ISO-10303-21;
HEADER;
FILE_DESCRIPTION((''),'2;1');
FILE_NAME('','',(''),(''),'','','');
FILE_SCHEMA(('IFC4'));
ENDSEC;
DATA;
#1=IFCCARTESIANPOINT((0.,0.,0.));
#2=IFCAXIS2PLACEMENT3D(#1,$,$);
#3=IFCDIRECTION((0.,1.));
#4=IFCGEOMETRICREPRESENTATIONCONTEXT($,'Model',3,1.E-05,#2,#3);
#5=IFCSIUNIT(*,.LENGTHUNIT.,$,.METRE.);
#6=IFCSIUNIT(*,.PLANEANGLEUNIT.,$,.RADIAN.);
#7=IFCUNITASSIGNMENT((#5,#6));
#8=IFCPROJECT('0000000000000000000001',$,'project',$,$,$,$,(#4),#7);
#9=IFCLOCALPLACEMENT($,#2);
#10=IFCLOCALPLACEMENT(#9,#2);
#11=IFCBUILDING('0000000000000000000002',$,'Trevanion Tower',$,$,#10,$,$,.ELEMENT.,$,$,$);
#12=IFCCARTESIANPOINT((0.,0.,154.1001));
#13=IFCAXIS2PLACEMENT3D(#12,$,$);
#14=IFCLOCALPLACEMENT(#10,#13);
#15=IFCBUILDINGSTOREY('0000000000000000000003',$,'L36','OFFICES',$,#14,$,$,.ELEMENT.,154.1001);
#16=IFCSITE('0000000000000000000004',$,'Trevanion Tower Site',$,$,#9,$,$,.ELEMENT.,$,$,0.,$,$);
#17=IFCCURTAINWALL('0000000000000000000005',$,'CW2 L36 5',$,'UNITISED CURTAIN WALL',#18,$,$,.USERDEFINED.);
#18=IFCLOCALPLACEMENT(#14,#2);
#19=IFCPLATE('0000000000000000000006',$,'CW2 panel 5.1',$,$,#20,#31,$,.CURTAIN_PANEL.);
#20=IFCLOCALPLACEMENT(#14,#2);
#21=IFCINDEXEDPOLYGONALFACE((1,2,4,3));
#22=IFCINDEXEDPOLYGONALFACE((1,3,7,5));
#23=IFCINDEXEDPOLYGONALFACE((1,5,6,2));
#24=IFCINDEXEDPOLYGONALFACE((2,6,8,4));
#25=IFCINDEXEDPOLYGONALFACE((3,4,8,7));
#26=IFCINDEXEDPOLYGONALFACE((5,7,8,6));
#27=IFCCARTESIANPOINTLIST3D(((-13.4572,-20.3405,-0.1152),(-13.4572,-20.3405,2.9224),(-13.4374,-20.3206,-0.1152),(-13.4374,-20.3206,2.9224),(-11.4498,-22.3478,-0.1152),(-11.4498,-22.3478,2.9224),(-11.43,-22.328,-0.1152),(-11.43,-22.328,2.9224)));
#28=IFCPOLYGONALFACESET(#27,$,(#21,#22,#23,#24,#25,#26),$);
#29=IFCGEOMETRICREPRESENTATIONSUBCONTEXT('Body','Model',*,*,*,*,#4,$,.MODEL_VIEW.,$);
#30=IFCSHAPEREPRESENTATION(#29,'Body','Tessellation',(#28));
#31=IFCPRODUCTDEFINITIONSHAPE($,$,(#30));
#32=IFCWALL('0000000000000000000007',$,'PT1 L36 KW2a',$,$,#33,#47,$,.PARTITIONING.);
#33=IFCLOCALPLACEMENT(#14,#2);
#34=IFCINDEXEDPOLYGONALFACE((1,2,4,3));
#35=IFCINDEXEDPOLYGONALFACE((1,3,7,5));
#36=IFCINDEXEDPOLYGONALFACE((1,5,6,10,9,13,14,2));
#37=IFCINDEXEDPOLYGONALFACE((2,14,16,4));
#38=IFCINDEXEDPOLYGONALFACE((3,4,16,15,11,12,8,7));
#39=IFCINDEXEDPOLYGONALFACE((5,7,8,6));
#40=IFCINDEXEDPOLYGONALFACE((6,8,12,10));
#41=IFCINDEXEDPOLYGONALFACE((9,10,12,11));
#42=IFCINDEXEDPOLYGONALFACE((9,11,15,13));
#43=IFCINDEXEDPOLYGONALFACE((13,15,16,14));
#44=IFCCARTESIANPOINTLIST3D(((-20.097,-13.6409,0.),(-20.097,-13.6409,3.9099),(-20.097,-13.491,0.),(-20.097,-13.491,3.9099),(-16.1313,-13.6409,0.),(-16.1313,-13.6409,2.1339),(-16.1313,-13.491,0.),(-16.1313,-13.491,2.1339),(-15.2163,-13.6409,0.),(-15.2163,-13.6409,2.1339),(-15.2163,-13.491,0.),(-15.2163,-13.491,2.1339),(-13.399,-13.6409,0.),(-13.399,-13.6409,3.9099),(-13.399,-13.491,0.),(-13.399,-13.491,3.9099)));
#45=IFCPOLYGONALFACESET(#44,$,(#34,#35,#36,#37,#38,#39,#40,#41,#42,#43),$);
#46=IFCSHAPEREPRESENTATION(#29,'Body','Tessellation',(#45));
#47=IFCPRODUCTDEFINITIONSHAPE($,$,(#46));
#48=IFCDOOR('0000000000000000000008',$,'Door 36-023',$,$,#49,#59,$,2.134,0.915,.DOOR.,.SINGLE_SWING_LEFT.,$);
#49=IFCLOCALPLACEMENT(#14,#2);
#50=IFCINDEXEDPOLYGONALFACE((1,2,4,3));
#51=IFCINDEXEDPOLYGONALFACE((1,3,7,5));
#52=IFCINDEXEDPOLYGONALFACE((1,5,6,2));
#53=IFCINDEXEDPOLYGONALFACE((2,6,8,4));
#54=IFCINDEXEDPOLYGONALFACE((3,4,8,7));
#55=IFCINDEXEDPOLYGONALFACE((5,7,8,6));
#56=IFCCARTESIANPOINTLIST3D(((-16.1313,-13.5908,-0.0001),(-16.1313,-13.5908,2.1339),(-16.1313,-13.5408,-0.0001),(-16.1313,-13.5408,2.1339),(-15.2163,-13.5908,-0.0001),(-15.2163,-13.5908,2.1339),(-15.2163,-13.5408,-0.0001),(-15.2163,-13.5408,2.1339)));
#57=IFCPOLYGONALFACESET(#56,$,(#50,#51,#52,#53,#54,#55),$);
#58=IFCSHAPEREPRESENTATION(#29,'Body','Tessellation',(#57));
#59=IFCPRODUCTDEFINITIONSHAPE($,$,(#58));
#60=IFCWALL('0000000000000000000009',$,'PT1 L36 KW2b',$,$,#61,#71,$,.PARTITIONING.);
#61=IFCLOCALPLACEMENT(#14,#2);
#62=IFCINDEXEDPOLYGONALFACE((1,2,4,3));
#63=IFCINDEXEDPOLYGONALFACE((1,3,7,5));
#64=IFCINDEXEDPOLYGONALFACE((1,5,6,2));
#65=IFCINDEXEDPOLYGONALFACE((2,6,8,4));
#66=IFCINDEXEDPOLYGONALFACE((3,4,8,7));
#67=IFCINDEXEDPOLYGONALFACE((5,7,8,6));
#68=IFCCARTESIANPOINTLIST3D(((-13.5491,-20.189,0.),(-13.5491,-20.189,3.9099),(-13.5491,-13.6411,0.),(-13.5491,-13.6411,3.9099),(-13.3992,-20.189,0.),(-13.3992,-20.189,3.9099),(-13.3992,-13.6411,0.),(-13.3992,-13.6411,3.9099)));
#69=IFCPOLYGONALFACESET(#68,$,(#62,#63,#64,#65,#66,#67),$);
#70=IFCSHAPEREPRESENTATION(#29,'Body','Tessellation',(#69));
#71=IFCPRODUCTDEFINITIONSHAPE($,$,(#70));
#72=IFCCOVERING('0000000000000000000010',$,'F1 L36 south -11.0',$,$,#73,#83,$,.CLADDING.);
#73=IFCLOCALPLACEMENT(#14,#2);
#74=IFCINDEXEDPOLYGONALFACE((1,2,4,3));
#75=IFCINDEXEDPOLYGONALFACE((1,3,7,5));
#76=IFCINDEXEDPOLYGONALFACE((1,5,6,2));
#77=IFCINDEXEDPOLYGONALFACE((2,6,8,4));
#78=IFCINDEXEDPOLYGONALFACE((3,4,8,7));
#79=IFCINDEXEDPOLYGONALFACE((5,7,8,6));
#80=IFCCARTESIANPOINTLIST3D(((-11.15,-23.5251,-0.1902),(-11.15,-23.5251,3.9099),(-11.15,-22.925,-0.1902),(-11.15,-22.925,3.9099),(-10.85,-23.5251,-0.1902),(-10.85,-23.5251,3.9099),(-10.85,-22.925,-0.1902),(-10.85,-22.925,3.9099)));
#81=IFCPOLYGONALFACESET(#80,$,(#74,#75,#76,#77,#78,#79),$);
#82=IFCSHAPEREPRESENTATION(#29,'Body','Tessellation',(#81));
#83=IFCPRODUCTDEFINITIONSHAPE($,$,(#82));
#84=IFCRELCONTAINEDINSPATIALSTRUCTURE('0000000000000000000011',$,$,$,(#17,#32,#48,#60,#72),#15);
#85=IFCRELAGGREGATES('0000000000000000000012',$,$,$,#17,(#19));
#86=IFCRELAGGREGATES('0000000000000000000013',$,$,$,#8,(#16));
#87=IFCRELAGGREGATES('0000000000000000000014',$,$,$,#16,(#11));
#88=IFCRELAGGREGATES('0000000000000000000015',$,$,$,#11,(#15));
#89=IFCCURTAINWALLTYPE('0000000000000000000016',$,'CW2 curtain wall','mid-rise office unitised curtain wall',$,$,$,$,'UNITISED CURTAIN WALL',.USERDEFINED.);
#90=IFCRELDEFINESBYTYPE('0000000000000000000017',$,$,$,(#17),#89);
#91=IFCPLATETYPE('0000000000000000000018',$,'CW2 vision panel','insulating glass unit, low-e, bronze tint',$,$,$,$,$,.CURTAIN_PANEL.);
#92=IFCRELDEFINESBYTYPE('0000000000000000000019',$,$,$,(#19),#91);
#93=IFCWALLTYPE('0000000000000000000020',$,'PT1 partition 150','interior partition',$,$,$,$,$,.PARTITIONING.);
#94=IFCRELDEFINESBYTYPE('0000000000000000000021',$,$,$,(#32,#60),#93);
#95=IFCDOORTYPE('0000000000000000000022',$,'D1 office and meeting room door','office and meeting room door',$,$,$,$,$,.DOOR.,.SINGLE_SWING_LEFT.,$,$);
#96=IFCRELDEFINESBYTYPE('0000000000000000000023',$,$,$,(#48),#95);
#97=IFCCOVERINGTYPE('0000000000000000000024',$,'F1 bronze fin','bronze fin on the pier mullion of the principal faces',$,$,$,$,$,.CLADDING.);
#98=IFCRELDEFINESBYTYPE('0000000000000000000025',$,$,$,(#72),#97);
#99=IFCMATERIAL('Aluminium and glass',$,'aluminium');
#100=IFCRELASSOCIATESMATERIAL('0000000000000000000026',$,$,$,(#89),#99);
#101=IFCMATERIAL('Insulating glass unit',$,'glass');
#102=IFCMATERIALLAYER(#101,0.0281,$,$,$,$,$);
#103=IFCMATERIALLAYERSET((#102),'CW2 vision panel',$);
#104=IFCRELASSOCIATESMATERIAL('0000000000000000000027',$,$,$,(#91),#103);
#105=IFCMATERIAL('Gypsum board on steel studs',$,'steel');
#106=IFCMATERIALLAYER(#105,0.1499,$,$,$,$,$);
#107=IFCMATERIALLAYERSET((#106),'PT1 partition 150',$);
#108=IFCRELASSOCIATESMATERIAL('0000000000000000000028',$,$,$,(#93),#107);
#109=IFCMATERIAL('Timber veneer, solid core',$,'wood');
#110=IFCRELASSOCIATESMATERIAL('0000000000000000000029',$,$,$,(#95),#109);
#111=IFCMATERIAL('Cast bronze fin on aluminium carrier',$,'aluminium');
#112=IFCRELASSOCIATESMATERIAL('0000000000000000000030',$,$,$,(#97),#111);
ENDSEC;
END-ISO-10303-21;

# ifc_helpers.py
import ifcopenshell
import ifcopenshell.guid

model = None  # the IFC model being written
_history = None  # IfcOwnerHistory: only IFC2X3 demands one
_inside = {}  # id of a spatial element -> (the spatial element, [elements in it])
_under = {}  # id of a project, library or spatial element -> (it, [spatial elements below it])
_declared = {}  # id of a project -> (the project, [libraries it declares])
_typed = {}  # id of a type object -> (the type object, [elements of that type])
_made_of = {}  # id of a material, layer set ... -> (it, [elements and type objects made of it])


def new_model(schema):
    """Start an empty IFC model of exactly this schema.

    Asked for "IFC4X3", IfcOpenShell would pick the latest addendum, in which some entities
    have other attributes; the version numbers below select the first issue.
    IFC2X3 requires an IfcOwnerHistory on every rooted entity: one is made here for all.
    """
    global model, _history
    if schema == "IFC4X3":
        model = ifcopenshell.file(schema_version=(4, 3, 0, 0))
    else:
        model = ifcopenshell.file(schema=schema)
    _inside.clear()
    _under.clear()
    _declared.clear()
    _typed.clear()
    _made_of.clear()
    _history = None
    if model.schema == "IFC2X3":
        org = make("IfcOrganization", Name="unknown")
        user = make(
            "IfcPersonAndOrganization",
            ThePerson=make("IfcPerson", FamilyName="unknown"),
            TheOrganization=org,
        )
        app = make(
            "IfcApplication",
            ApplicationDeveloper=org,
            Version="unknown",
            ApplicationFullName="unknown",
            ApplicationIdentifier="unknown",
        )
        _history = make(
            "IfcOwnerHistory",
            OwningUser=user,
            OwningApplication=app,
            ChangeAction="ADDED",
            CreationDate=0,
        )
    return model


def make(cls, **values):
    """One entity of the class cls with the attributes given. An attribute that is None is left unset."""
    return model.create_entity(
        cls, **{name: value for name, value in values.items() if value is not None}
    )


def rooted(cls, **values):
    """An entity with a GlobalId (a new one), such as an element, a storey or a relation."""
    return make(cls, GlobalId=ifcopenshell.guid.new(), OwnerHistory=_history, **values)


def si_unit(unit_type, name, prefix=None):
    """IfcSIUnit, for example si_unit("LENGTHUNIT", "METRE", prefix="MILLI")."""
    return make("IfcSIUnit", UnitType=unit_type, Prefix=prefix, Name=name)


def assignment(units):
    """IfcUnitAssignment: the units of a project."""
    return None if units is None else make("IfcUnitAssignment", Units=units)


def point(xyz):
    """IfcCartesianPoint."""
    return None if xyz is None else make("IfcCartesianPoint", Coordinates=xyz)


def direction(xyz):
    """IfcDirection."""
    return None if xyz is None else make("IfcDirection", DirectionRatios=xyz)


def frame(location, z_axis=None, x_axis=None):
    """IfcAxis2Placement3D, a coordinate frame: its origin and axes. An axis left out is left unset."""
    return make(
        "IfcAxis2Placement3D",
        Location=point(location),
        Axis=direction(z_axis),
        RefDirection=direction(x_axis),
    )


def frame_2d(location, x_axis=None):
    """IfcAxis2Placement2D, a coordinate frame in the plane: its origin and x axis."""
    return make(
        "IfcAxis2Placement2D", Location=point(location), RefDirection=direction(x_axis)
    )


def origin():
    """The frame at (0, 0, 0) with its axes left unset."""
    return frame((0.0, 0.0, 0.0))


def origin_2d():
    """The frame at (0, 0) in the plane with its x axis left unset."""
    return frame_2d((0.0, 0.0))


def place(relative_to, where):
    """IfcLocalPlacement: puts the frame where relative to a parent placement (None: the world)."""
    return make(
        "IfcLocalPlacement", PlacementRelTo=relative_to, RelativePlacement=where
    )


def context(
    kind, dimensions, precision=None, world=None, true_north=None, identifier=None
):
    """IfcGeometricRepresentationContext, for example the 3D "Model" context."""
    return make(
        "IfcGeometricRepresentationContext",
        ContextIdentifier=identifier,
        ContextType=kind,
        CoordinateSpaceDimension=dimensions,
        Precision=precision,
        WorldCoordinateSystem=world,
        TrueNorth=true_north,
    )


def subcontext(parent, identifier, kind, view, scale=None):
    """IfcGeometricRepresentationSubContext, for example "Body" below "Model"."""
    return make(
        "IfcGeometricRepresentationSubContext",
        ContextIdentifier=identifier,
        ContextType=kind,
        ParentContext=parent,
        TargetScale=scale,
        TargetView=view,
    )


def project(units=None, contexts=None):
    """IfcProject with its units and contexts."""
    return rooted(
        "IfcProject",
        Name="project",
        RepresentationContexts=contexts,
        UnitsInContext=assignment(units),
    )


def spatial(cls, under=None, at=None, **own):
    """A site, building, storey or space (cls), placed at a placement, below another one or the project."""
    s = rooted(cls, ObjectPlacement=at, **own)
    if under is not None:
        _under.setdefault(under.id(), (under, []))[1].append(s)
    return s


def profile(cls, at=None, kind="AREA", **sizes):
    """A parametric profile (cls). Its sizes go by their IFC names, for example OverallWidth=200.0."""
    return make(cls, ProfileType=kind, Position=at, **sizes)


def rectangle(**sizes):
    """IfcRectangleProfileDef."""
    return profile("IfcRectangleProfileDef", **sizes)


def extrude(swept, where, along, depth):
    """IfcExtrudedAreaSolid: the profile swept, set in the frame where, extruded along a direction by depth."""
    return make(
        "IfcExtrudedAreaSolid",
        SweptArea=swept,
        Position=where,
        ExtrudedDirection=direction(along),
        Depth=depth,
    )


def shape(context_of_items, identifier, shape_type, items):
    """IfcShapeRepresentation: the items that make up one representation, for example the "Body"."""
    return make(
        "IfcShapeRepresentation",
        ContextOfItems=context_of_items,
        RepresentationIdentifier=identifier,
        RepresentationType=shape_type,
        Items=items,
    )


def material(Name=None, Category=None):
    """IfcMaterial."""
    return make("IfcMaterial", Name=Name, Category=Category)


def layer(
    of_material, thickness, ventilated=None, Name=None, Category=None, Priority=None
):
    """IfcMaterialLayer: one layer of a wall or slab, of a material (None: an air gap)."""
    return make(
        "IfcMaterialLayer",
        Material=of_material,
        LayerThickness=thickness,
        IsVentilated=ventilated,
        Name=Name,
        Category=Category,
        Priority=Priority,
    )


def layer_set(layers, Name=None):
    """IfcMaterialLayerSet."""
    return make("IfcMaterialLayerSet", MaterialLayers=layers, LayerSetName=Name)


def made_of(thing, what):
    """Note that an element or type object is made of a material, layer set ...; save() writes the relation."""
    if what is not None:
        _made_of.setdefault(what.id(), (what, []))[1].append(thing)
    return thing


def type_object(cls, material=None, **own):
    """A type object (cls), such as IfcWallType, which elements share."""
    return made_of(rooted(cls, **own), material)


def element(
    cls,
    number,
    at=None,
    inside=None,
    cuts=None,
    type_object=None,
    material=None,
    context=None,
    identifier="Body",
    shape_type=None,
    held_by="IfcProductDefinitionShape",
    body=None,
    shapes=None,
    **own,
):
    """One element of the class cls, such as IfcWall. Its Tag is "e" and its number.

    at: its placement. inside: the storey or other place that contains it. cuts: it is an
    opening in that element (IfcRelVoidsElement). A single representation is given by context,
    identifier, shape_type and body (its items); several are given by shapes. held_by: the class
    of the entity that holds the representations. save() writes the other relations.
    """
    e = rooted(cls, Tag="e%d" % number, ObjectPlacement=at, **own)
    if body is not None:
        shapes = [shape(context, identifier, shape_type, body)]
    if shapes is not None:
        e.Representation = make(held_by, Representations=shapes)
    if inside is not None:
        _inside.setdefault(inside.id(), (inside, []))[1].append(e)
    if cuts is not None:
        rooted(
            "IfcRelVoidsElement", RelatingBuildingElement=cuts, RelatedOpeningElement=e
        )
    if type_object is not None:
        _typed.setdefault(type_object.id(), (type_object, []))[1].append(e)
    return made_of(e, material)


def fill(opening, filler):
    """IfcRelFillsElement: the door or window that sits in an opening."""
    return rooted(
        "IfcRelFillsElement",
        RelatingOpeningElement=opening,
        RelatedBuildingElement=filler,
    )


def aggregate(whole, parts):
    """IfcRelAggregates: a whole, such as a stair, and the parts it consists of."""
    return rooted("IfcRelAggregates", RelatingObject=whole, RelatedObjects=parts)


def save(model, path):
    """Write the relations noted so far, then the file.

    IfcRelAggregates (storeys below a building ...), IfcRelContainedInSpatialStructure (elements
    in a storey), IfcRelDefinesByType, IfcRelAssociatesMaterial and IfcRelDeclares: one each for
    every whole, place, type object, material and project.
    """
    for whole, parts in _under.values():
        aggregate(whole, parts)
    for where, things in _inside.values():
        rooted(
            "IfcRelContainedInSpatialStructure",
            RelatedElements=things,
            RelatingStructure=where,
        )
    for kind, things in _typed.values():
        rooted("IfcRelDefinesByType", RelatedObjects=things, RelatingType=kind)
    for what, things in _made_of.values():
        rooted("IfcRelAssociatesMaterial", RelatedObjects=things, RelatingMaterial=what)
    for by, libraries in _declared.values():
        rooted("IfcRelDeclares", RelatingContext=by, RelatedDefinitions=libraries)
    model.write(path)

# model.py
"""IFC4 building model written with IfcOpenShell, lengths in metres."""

from ifc_helpers import new_model, si_unit, direction, frame, frame_2d, origin, origin_2d, place, context, subcontext, project, spatial, rectangle, extrude, material, layer, layer_set, type_object, element, fill, aggregate, save


model = new_model("IFC4")

# Units and contexts
model_context = context("Model", 3, precision=1e-05, world=origin(), true_north=direction((0.0, 1.0)))
body_context = subcontext(model_context, "Body", "Model", "MODEL_VIEW")
ifc_project = project(units=[si_unit("LENGTHUNIT", "METRE"), si_unit("PLANEANGLEUNIT", "RADIAN")], contexts=[model_context])

# Site, building, storey
site_placement = place(None, origin())
site = spatial("IfcSite", under=ifc_project, at=site_placement, Name="Trevanion Tower Site", CompositionType="ELEMENT", RefElevation=0.0)
building_placement = place(site_placement, origin())
building = spatial("IfcBuilding", under=site, at=building_placement, Name="Trevanion Tower", CompositionType="ELEMENT")
storey_placement = place(building_placement, frame((0.0, 0.0, 154.1001)))
storey = spatial("IfcBuildingStorey", under=building, at=storey_placement, Name="L36", Description="OFFICES", CompositionType="ELEMENT", Elevation=154.1001)

# Curtain wall
ifc_material_1 = material(Name="Aluminium and glass", Category="aluminium")
curtain_wall_type = type_object("IfcCurtainWallType", Name="CW2 curtain wall", Description="mid-rise office unitised curtain wall", ElementType="UNITISED CURTAIN WALL", PredefinedType="USERDEFINED", material=ifc_material_1)
curtain_wall_placement = place(storey_placement, origin())
curtain_wall = element("IfcCurtainWall", 1, at=curtain_wall_placement, inside=storey, type_object=curtain_wall_type, Name="CW2 L36 5", ObjectType="UNITISED CURTAIN WALL", PredefinedType="USERDEFINED")

# Plate
ifc_material_2 = material(Name="Insulating glass unit", Category="glass")
ifc_layer_1 = layer(ifc_material_2, 0.0281)
ifc_layer_set_1 = layer_set([ifc_layer_1], Name="CW2 vision panel")
plate_type_1 = type_object("IfcPlateType", Name="CW2 vision panel", Description="insulating glass unit, low-e, bronze tint", PredefinedType="CURTAIN_PANEL", material=ifc_layer_set_1)
plate_1_placement = place(storey_placement, frame((-12.4436, -21.3342, -0.1152), z_axis=(0.0, 0.0, 1.0), x_axis=(0.707107, -0.707107, 0.0)))
plate_1 = element("IfcPlate", 2, at=plate_1_placement, type_object=plate_type_1, Name="CW2 panel 5.1", PredefinedType="CURTAIN_PANEL", context=body_context, shape_type="SweptSolid", body=[
    extrude(rectangle(XDim=2.8389, YDim=0.0281, at=origin_2d()), origin(), (0.0, 0.0, 1.0), 3.0376),
])
aggregate(curtain_wall, [plate_1])

# Wall, opening, door
ifc_material_3 = material(Name="Gypsum board on steel studs", Category="steel")
ifc_layer_2 = layer(ifc_material_3, 0.1499)
ifc_layer_set_2 = layer_set([ifc_layer_2], Name="PT1 partition 150")
wall_type = type_object("IfcWallType", Name="PT1 partition 150", Description="interior partition", PredefinedType="PARTITIONING", material=ifc_layer_set_2)
wall_1_placement = place(storey_placement, frame((-13.3989, -13.5659, 0.0), z_axis=(0.0, 0.0, 1.0), x_axis=(-1.0, 0.0, 0.0)))
wall_1 = element("IfcWall", 3, at=wall_1_placement, inside=storey, type_object=wall_type, Name="PT1 L36 KW2a", PredefinedType="PARTITIONING", context=body_context, shape_type="SweptSolid", body=[
    extrude(rectangle(XDim=6.698, YDim=0.1499, at=frame_2d((3.3491, 0.0))), origin(), (0.0, 0.0, 1.0), 3.9099),
])
opening_placement = place(wall_1_placement, frame((1.8174, 0.0, 0.0)))
opening = element("IfcOpeningElement", 4, at=opening_placement, cuts=wall_1, PredefinedType="OPENING", context=body_context, shape_type="SweptSolid", body=[
    extrude(rectangle(XDim=0.915, YDim=2.134, at=frame_2d((0.4575, 1.0669))), frame((0.0, 0.085, 0.0), z_axis=(0.0, -1.0, 0.0), x_axis=(1.0, 0.0, 0.0)), (0.0, 0.0, 1.0), 0.1699),
])
ifc_material_4 = material(Name="Timber veneer, solid core", Category="wood")
door_type = type_object("IfcDoorType", Name="D1 office and meeting room door", Description="office and meeting room door", OperationType="SINGLE_SWING_LEFT", PredefinedType="DOOR", material=ifc_material_4)
door_placement = place(opening_placement, origin())
door = element("IfcDoor", 5, at=door_placement, inside=storey, type_object=door_type, Name="Door 36-023", OperationType="SINGLE_SWING_LEFT", OverallHeight=2.134, OverallWidth=0.915, PredefinedType="DOOR", context=body_context, shape_type="SweptSolid", body=[
    extrude(rectangle(XDim=0.915, YDim=2.134, at=frame_2d((0.4575, 1.0669))), frame((0.0, 0.0249, 0.0), z_axis=(0.0, -1.0, 0.0), x_axis=(1.0, 0.0, 0.0)), (0.0, 0.0, 1.0), 0.05),
])
fill(opening, door)

# Wall
wall_2_placement = place(storey_placement, frame((-13.4741, -13.6411, 0.0), z_axis=(0.0, 0.0, 1.0), x_axis=(0.0, -1.0, 0.0)))
element("IfcWall", 6, at=wall_2_placement, inside=storey, type_object=wall_type, Name="PT1 L36 KW2b", PredefinedType="PARTITIONING", context=body_context, shape_type="SweptSolid", body=[
    extrude(rectangle(XDim=6.5479, YDim=0.1499, at=frame_2d((3.2739, 0.0))), origin(), (0.0, 0.0, 1.0), 3.9099),
])

# Covering
ifc_material_5 = material(Name="Cast bronze fin on aluminium carrier", Category="aluminium")
covering_type = type_object("IfcCoveringType", Name="F1 bronze fin", Description="bronze fin on the pier mullion of the principal faces", PredefinedType="CLADDING", material=ifc_material_5)
covering_placement = place(storey_placement, frame((-11.0, -23.2251, -0.1902), z_axis=(0.0, 0.0, 1.0), x_axis=(1.0, 0.0, 0.0)))
element("IfcCovering", 7, at=covering_placement, inside=storey, type_object=covering_type, Name="F1 L36 south -11.0", PredefinedType="CLADDING", context=body_context, shape_type="SweptSolid", body=[
    extrude(rectangle(XDim=0.3, YDim=0.6001, at=origin_2d()), origin(), (0.0, 0.0, 1.0), 4.1001),
])

save(model, "model.ifc")
